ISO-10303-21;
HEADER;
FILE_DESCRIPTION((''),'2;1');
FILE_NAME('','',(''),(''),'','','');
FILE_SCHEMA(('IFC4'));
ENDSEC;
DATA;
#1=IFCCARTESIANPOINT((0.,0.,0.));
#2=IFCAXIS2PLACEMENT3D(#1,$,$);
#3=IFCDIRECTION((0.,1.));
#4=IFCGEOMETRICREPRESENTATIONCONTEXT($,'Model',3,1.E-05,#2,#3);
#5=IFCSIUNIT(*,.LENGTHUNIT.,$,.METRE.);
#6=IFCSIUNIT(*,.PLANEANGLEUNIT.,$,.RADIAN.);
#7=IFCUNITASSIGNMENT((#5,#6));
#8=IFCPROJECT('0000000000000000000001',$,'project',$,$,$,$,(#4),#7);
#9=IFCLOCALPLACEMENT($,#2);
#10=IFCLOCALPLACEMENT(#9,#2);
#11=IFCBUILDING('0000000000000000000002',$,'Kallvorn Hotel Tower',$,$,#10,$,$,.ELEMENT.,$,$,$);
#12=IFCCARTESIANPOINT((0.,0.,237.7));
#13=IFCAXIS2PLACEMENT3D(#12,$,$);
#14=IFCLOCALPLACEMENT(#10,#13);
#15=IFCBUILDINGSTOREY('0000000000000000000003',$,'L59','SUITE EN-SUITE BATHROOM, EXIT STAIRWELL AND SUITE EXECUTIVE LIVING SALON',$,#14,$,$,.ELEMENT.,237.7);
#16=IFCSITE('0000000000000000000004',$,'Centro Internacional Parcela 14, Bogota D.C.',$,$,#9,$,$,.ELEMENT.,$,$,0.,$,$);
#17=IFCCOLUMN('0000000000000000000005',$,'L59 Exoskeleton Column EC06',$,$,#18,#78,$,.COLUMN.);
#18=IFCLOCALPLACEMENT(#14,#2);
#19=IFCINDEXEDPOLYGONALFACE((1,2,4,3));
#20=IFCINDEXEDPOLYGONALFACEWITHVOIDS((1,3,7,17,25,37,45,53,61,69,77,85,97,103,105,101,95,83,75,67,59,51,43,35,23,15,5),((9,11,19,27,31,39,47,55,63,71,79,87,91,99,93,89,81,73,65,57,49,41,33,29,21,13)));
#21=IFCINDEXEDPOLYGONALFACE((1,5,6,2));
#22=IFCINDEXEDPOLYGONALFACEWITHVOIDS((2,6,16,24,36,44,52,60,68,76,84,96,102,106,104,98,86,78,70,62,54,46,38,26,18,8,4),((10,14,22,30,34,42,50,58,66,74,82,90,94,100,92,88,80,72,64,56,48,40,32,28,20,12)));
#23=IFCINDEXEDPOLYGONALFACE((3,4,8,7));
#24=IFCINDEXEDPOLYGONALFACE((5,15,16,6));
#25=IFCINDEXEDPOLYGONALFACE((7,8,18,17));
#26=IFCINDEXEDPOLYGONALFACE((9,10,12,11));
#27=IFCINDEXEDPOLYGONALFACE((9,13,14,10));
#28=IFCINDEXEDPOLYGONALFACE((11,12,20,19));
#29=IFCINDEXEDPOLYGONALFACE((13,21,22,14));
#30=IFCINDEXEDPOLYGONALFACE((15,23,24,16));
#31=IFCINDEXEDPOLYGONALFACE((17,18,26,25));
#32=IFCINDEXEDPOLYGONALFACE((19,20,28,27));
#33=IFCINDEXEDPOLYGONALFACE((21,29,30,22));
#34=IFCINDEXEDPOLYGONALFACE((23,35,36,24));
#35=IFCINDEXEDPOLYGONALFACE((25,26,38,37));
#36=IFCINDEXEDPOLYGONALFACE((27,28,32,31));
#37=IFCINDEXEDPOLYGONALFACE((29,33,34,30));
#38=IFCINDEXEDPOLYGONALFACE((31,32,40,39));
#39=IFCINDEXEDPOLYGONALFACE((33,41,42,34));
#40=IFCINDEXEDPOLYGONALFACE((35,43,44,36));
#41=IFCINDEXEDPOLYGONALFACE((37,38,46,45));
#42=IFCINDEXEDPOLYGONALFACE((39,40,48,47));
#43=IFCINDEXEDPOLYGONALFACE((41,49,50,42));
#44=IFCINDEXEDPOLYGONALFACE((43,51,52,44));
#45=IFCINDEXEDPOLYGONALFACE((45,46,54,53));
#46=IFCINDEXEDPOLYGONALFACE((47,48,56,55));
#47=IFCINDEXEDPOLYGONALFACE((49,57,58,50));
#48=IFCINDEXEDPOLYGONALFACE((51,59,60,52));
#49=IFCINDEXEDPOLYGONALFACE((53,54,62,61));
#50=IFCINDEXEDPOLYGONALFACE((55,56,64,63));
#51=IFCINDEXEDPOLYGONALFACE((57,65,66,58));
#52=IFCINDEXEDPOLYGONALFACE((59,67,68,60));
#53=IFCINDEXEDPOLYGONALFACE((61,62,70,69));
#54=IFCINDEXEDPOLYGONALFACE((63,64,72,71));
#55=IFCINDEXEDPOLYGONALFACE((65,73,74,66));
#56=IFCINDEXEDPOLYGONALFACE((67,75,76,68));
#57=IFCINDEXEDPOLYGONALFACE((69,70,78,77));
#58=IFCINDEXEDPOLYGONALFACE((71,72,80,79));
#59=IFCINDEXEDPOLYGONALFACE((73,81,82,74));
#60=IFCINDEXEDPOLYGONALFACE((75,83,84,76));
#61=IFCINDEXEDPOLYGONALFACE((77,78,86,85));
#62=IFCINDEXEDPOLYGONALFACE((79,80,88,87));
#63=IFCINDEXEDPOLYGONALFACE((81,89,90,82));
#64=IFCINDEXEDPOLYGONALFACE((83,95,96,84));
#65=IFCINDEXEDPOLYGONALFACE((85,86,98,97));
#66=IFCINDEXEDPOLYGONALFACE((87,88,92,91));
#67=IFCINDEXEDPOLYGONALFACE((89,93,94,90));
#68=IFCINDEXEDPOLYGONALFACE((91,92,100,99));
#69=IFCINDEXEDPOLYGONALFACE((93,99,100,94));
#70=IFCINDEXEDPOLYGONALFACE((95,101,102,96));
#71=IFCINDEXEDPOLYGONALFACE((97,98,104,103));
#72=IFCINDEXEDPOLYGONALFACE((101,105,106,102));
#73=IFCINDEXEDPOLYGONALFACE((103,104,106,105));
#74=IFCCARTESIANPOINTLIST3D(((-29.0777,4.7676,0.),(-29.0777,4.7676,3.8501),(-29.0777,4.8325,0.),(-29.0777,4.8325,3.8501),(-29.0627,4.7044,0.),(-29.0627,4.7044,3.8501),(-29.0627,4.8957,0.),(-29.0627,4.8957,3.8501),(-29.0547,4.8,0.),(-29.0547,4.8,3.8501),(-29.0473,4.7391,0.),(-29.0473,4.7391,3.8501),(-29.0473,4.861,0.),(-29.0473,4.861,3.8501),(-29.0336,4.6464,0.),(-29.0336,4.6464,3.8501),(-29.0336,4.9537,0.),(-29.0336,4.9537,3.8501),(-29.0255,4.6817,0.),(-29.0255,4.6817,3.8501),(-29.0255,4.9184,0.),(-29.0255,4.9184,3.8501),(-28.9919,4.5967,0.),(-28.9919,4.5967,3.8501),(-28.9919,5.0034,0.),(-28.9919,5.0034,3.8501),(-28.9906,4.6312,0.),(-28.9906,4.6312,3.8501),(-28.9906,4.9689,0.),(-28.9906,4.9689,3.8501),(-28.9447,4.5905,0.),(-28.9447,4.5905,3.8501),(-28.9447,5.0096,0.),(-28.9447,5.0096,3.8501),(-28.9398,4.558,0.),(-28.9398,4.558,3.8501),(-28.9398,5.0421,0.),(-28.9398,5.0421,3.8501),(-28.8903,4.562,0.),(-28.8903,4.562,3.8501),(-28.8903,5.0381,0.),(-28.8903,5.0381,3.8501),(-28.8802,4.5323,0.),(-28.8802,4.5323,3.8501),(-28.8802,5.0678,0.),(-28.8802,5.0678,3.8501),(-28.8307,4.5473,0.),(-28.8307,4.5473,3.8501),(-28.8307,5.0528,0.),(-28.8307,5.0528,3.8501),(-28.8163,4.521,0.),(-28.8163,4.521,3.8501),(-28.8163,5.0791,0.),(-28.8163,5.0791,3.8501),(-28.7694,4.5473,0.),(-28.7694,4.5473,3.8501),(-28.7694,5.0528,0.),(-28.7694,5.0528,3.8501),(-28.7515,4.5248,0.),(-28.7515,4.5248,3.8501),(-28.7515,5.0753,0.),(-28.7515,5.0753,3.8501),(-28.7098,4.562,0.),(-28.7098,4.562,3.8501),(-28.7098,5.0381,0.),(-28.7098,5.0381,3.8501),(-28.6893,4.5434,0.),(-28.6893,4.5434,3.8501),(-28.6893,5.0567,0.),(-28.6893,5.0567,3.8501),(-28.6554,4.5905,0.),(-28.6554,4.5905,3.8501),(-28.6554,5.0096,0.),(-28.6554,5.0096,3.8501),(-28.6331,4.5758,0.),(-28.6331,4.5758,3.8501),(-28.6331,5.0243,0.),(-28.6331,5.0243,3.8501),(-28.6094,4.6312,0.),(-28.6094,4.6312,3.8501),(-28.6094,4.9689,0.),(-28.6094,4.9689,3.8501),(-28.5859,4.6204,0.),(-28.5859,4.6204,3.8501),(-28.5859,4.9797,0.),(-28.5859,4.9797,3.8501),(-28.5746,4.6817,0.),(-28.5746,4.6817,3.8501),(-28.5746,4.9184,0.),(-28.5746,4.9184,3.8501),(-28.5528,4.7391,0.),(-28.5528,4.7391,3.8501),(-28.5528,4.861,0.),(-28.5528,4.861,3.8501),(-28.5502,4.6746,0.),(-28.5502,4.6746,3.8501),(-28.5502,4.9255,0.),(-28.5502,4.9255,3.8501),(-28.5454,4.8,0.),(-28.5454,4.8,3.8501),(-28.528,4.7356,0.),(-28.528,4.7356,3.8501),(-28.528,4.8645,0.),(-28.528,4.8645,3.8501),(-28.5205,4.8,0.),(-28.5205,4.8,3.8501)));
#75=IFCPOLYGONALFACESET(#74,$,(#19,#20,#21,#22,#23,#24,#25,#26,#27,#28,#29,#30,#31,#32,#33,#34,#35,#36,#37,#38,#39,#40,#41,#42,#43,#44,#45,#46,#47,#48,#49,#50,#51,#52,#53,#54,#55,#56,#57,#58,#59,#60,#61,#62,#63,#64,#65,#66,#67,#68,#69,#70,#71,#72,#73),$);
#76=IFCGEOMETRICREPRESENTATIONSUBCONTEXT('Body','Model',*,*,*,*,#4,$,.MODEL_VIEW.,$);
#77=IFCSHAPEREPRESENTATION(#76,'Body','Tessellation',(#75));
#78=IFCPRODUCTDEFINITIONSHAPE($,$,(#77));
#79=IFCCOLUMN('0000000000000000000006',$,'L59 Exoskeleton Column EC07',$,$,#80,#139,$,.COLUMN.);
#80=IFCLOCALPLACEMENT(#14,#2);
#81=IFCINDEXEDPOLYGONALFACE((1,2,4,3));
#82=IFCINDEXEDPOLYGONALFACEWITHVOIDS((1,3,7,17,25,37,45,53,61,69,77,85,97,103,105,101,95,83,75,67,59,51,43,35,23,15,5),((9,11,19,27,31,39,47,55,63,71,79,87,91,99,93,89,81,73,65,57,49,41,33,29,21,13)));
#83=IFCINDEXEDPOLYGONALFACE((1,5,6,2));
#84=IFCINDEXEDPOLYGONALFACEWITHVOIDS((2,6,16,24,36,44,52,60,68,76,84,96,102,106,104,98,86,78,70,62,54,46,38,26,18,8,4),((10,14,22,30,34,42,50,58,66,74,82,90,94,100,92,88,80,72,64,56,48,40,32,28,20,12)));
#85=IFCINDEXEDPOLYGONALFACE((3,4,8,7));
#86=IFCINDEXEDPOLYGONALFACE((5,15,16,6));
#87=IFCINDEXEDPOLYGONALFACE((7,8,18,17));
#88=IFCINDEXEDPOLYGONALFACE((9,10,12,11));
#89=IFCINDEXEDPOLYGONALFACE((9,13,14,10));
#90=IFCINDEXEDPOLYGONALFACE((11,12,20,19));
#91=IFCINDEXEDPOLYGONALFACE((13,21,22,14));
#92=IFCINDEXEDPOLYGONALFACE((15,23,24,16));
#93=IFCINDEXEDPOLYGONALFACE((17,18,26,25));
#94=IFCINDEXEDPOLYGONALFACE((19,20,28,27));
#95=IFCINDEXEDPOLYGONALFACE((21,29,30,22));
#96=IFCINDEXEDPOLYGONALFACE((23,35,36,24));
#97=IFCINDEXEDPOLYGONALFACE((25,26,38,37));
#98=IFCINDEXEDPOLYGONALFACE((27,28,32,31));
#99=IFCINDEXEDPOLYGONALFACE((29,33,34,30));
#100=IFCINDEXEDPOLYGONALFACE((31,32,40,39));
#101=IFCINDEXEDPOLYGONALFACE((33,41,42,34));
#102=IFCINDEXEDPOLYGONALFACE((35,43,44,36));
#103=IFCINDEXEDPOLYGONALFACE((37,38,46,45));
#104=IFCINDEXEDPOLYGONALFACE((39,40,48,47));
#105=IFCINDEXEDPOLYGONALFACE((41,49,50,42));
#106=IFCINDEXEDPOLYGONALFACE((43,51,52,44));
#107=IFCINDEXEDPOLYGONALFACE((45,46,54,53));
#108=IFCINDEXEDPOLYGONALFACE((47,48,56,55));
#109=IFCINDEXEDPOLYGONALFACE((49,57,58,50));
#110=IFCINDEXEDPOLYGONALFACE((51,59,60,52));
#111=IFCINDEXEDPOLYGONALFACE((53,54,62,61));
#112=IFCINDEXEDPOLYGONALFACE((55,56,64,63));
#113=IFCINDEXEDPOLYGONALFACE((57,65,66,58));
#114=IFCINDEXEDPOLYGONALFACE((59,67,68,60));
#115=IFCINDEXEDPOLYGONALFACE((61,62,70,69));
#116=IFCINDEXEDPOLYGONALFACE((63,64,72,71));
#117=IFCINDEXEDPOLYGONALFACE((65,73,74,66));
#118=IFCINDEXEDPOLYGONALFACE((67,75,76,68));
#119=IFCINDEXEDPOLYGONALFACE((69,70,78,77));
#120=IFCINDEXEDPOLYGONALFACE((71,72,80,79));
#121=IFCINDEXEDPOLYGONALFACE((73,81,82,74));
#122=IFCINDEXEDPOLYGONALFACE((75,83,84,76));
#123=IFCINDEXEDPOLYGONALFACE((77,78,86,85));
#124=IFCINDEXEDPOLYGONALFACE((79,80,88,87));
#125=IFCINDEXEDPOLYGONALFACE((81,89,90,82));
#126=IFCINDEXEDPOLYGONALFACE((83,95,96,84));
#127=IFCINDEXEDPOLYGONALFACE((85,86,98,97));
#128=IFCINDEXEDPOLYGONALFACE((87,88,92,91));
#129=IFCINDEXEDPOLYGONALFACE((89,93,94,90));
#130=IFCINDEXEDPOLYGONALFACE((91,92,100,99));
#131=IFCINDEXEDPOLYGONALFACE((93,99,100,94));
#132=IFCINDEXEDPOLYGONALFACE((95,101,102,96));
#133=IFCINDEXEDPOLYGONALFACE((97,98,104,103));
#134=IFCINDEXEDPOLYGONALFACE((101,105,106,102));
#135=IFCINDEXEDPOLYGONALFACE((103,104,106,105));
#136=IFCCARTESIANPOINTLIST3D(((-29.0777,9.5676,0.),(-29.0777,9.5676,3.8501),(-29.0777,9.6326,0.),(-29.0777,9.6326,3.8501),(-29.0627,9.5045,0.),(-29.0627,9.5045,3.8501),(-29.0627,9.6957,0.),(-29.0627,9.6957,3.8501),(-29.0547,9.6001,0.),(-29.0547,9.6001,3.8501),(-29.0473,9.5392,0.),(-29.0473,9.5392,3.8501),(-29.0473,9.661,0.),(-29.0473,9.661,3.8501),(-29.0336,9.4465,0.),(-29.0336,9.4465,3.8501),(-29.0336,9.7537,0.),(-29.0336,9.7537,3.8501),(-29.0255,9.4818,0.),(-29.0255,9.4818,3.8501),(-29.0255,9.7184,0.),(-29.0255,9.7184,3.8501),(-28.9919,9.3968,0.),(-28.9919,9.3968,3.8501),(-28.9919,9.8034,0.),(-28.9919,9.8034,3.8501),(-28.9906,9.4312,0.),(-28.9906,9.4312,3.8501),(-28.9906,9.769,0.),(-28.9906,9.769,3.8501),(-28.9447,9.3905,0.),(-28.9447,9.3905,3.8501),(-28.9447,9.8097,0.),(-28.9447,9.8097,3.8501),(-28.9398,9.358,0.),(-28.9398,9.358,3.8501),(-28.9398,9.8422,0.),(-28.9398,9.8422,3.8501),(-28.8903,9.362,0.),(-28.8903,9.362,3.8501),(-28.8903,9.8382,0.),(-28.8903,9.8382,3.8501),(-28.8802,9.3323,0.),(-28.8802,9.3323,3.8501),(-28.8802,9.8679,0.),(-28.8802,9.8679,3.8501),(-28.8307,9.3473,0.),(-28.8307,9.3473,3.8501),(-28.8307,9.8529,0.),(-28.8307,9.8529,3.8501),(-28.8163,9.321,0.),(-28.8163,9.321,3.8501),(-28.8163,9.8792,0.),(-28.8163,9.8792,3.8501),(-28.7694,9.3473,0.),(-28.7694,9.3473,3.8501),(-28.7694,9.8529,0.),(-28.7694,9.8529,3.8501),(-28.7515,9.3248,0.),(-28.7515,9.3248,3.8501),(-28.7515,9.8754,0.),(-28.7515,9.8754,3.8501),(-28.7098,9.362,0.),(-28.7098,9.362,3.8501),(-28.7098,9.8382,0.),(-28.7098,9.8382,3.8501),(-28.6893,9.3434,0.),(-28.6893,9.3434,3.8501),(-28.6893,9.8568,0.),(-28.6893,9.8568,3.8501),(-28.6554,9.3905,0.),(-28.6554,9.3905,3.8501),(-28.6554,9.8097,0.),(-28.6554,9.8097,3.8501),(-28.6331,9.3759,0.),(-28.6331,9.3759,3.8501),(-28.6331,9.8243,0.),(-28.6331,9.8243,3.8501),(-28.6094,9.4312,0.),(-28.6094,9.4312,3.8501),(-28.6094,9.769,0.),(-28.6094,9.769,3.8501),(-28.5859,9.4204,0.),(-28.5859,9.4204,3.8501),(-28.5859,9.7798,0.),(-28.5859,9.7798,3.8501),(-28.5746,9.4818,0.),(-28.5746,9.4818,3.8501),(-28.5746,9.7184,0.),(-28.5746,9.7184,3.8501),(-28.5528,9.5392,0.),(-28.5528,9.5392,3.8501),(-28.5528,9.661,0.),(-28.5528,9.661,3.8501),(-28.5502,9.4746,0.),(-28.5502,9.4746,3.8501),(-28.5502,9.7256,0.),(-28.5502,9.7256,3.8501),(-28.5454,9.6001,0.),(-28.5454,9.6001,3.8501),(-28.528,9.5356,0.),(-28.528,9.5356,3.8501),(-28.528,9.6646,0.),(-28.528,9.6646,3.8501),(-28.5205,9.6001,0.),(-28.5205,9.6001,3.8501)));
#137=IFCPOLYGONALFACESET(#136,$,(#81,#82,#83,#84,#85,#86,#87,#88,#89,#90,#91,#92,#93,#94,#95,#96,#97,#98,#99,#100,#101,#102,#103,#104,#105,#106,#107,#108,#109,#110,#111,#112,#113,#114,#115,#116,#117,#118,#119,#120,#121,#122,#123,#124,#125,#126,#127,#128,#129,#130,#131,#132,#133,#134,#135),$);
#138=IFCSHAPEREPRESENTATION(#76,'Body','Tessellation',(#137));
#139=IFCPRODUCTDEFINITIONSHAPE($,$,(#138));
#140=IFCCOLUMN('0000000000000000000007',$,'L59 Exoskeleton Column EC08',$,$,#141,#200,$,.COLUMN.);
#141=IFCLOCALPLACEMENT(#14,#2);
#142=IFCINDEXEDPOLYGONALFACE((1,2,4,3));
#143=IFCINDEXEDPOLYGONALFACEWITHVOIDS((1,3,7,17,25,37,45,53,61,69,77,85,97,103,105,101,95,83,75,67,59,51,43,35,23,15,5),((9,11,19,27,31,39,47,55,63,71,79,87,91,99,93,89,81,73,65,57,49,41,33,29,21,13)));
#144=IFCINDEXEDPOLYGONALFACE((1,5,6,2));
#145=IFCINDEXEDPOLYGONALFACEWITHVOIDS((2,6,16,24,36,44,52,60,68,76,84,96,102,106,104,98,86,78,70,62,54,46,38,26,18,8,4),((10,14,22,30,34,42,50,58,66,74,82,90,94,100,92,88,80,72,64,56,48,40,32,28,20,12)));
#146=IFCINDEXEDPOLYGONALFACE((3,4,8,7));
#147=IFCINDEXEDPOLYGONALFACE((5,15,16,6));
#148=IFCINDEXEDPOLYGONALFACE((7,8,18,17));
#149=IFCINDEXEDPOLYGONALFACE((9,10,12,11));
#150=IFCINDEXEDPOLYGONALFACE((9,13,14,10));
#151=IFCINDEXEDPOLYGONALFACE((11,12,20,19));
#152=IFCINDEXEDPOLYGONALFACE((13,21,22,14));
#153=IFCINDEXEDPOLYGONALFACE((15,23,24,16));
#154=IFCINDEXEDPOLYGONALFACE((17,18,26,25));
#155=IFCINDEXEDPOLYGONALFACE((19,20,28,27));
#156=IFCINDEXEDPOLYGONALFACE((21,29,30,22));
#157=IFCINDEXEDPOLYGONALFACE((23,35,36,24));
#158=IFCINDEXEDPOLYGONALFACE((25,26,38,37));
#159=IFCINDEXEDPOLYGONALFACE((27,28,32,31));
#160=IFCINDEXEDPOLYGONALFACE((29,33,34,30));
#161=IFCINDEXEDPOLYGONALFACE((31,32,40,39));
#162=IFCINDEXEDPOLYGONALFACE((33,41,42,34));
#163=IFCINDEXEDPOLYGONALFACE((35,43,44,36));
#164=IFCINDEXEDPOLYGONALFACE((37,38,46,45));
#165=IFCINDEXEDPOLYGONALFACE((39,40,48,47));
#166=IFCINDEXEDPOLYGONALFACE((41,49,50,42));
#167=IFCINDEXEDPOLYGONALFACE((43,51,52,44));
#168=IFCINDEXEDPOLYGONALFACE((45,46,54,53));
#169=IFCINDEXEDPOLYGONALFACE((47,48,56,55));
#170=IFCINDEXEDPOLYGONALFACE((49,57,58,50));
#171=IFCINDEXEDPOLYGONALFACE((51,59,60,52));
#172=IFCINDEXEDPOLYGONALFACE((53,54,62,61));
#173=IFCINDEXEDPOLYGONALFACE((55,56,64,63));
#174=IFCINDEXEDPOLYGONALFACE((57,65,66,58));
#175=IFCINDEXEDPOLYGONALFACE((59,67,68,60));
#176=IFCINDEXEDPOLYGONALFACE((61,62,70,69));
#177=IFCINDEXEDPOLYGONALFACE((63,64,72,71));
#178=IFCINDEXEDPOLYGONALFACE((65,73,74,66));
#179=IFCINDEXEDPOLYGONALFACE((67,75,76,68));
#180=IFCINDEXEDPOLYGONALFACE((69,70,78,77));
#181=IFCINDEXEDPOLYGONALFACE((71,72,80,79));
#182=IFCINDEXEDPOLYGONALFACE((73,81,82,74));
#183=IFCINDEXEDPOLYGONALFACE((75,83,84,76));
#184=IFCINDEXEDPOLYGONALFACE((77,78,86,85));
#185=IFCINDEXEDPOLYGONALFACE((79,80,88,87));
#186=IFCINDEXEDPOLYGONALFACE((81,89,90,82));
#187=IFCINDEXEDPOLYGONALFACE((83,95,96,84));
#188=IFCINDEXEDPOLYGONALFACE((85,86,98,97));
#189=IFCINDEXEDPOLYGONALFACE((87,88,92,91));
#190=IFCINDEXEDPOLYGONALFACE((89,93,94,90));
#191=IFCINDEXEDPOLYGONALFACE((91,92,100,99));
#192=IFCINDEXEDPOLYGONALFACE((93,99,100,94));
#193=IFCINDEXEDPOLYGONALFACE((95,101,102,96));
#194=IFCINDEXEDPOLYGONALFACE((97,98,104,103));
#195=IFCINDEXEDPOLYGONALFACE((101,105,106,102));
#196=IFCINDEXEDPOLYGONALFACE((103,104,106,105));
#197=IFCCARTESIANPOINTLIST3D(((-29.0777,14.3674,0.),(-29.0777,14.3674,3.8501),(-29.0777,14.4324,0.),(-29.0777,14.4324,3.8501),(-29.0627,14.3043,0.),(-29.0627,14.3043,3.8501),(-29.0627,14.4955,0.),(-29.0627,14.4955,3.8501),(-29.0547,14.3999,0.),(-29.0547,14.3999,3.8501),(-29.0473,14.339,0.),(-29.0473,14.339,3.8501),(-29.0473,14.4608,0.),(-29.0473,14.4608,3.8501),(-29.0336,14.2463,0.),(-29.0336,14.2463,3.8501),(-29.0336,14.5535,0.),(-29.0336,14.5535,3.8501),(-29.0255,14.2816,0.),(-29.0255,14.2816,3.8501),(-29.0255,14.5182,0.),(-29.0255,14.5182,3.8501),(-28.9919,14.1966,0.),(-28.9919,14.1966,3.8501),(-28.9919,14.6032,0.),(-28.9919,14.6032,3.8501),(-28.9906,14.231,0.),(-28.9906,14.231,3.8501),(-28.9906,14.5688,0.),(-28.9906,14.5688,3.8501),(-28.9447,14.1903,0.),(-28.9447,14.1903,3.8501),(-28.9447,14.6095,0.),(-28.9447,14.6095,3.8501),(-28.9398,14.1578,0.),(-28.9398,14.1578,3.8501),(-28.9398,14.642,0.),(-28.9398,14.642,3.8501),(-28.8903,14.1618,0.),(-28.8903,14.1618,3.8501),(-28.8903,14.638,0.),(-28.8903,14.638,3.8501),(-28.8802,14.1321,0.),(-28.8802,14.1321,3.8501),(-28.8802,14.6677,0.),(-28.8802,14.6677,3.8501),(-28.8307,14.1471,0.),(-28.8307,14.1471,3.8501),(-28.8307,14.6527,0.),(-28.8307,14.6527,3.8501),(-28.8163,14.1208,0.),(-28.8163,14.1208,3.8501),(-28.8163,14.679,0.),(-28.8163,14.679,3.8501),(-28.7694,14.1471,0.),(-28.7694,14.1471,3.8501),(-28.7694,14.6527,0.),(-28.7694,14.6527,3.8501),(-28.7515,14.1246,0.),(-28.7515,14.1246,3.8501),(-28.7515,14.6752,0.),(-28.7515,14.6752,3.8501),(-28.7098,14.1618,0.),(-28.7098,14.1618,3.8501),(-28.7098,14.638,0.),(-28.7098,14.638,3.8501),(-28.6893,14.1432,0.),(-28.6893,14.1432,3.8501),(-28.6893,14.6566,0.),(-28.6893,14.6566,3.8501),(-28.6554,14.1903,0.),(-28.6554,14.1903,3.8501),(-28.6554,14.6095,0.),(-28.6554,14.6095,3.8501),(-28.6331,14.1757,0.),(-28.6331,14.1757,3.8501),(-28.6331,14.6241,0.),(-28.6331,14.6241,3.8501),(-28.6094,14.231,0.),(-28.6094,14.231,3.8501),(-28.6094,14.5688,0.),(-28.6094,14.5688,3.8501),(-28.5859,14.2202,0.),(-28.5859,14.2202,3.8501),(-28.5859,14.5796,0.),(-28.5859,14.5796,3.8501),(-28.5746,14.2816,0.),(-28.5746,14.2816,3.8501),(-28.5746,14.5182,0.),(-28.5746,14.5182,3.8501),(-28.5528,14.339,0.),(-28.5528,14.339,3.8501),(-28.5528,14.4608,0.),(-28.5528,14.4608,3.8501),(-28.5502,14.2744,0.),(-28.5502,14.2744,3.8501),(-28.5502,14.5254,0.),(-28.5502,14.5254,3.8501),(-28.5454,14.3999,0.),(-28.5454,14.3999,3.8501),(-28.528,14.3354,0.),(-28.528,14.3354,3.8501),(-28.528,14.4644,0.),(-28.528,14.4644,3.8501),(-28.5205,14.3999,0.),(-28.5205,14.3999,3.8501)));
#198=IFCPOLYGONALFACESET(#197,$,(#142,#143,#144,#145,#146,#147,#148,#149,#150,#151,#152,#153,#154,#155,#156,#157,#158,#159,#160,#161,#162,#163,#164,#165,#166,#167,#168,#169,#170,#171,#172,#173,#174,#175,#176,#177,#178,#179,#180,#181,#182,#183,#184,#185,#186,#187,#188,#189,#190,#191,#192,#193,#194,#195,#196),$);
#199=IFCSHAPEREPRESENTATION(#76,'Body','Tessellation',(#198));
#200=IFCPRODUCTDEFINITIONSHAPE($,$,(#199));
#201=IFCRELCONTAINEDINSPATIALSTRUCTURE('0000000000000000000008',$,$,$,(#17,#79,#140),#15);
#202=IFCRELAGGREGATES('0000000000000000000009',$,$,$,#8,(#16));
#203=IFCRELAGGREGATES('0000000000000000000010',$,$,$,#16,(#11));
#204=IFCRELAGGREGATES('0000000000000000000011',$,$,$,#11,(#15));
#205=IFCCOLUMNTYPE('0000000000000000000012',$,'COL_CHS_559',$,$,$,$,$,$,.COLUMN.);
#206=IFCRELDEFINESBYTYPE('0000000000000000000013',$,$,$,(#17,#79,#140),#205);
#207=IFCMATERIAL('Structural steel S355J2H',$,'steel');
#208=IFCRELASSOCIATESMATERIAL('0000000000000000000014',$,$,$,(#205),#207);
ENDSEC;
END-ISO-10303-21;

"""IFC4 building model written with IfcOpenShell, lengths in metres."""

from ifc_helpers import new_model, si_unit, direction, frame, origin, origin_2d, place, context, subcontext, project, spatial, hollow_circle, extrude, material, material_profile, profile_set, type_object, element, save


model = new_model("IFC4")

# Units and contexts
model_context = context("Model", 3, precision=1e-05, world=origin(), true_north=direction((0.0, 1.0)))
body_context = subcontext(model_context, "Body", "Model", "MODEL_VIEW")
ifc_project = project(units=[si_unit("LENGTHUNIT", "METRE"), si_unit("PLANEANGLEUNIT", "RADIAN")], contexts=[model_context])

# Site, building, storey
site_placement = place(None, origin())
site = spatial("IfcSite", under=ifc_project, at=site_placement, Name="Centro Internacional Parcela 14, Bogota D.C.", CompositionType="ELEMENT", RefElevation=0.0)
building_placement = place(site_placement, origin())
building = spatial("IfcBuilding", under=site, at=building_placement, Name="Kallvorn Hotel Tower", CompositionType="ELEMENT")
storey_placement = place(building_placement, frame((0.0, 0.0, 237.7)))
storey = spatial("IfcBuildingStorey", under=building, at=storey_placement, Name="L59", Description="SUITE EN-SUITE BATHROOM, EXIT STAIRWELL AND SUITE EXECUTIVE LIVING SALON", CompositionType="ELEMENT", Elevation=237.7)

# Columns
ifc_material_1 = material(Name="Structural steel S355J2H", Category="steel")
ifc_material_profile_1 = material_profile(ifc_material_1, hollow_circle(Radius=0.2795, WallThickness=0.0249, at=origin_2d()), Name="CHS 559x25")
ifc_profile_set_1 = profile_set([ifc_material_profile_1], Name="Structural steel S355J2H")
column_type_1 = type_object("IfcColumnType", Name="COL_CHS_559", PredefinedType="COLUMN", material=ifc_profile_set_1)
for number, where, z_axis, x_axis, name in (
    (1, (-28.8, 4.8, 0.0), (0.0, 0.0, 1.0), (1.0, 0.0, 0.0), "L59 Exoskeleton Column EC06"),
    (2, (-28.8, 9.6001, 0.0), (0.0, 0.0, 1.0), (1.0, 0.0, 0.0), "L59 Exoskeleton Column EC07"),
    (3, (-28.8, 14.3999, 0.0), (0.0, 0.0, 1.0), (1.0, 0.0, 0.0), "L59 Exoskeleton Column EC08"),
):
    element("IfcColumn", number, at=place(storey_placement, frame(where, z_axis=z_axis, x_axis=x_axis)), inside=storey, type_object=column_type_1, Name=name, PredefinedType="COLUMN", context=body_context, shape_type="SweptSolid", body=[
        extrude(hollow_circle(Radius=0.2795, WallThickness=0.0249, at=origin_2d()), origin(), (0.0, 0.0, 1.0), 3.8501),
    ])

save(model, "model.ifc")
